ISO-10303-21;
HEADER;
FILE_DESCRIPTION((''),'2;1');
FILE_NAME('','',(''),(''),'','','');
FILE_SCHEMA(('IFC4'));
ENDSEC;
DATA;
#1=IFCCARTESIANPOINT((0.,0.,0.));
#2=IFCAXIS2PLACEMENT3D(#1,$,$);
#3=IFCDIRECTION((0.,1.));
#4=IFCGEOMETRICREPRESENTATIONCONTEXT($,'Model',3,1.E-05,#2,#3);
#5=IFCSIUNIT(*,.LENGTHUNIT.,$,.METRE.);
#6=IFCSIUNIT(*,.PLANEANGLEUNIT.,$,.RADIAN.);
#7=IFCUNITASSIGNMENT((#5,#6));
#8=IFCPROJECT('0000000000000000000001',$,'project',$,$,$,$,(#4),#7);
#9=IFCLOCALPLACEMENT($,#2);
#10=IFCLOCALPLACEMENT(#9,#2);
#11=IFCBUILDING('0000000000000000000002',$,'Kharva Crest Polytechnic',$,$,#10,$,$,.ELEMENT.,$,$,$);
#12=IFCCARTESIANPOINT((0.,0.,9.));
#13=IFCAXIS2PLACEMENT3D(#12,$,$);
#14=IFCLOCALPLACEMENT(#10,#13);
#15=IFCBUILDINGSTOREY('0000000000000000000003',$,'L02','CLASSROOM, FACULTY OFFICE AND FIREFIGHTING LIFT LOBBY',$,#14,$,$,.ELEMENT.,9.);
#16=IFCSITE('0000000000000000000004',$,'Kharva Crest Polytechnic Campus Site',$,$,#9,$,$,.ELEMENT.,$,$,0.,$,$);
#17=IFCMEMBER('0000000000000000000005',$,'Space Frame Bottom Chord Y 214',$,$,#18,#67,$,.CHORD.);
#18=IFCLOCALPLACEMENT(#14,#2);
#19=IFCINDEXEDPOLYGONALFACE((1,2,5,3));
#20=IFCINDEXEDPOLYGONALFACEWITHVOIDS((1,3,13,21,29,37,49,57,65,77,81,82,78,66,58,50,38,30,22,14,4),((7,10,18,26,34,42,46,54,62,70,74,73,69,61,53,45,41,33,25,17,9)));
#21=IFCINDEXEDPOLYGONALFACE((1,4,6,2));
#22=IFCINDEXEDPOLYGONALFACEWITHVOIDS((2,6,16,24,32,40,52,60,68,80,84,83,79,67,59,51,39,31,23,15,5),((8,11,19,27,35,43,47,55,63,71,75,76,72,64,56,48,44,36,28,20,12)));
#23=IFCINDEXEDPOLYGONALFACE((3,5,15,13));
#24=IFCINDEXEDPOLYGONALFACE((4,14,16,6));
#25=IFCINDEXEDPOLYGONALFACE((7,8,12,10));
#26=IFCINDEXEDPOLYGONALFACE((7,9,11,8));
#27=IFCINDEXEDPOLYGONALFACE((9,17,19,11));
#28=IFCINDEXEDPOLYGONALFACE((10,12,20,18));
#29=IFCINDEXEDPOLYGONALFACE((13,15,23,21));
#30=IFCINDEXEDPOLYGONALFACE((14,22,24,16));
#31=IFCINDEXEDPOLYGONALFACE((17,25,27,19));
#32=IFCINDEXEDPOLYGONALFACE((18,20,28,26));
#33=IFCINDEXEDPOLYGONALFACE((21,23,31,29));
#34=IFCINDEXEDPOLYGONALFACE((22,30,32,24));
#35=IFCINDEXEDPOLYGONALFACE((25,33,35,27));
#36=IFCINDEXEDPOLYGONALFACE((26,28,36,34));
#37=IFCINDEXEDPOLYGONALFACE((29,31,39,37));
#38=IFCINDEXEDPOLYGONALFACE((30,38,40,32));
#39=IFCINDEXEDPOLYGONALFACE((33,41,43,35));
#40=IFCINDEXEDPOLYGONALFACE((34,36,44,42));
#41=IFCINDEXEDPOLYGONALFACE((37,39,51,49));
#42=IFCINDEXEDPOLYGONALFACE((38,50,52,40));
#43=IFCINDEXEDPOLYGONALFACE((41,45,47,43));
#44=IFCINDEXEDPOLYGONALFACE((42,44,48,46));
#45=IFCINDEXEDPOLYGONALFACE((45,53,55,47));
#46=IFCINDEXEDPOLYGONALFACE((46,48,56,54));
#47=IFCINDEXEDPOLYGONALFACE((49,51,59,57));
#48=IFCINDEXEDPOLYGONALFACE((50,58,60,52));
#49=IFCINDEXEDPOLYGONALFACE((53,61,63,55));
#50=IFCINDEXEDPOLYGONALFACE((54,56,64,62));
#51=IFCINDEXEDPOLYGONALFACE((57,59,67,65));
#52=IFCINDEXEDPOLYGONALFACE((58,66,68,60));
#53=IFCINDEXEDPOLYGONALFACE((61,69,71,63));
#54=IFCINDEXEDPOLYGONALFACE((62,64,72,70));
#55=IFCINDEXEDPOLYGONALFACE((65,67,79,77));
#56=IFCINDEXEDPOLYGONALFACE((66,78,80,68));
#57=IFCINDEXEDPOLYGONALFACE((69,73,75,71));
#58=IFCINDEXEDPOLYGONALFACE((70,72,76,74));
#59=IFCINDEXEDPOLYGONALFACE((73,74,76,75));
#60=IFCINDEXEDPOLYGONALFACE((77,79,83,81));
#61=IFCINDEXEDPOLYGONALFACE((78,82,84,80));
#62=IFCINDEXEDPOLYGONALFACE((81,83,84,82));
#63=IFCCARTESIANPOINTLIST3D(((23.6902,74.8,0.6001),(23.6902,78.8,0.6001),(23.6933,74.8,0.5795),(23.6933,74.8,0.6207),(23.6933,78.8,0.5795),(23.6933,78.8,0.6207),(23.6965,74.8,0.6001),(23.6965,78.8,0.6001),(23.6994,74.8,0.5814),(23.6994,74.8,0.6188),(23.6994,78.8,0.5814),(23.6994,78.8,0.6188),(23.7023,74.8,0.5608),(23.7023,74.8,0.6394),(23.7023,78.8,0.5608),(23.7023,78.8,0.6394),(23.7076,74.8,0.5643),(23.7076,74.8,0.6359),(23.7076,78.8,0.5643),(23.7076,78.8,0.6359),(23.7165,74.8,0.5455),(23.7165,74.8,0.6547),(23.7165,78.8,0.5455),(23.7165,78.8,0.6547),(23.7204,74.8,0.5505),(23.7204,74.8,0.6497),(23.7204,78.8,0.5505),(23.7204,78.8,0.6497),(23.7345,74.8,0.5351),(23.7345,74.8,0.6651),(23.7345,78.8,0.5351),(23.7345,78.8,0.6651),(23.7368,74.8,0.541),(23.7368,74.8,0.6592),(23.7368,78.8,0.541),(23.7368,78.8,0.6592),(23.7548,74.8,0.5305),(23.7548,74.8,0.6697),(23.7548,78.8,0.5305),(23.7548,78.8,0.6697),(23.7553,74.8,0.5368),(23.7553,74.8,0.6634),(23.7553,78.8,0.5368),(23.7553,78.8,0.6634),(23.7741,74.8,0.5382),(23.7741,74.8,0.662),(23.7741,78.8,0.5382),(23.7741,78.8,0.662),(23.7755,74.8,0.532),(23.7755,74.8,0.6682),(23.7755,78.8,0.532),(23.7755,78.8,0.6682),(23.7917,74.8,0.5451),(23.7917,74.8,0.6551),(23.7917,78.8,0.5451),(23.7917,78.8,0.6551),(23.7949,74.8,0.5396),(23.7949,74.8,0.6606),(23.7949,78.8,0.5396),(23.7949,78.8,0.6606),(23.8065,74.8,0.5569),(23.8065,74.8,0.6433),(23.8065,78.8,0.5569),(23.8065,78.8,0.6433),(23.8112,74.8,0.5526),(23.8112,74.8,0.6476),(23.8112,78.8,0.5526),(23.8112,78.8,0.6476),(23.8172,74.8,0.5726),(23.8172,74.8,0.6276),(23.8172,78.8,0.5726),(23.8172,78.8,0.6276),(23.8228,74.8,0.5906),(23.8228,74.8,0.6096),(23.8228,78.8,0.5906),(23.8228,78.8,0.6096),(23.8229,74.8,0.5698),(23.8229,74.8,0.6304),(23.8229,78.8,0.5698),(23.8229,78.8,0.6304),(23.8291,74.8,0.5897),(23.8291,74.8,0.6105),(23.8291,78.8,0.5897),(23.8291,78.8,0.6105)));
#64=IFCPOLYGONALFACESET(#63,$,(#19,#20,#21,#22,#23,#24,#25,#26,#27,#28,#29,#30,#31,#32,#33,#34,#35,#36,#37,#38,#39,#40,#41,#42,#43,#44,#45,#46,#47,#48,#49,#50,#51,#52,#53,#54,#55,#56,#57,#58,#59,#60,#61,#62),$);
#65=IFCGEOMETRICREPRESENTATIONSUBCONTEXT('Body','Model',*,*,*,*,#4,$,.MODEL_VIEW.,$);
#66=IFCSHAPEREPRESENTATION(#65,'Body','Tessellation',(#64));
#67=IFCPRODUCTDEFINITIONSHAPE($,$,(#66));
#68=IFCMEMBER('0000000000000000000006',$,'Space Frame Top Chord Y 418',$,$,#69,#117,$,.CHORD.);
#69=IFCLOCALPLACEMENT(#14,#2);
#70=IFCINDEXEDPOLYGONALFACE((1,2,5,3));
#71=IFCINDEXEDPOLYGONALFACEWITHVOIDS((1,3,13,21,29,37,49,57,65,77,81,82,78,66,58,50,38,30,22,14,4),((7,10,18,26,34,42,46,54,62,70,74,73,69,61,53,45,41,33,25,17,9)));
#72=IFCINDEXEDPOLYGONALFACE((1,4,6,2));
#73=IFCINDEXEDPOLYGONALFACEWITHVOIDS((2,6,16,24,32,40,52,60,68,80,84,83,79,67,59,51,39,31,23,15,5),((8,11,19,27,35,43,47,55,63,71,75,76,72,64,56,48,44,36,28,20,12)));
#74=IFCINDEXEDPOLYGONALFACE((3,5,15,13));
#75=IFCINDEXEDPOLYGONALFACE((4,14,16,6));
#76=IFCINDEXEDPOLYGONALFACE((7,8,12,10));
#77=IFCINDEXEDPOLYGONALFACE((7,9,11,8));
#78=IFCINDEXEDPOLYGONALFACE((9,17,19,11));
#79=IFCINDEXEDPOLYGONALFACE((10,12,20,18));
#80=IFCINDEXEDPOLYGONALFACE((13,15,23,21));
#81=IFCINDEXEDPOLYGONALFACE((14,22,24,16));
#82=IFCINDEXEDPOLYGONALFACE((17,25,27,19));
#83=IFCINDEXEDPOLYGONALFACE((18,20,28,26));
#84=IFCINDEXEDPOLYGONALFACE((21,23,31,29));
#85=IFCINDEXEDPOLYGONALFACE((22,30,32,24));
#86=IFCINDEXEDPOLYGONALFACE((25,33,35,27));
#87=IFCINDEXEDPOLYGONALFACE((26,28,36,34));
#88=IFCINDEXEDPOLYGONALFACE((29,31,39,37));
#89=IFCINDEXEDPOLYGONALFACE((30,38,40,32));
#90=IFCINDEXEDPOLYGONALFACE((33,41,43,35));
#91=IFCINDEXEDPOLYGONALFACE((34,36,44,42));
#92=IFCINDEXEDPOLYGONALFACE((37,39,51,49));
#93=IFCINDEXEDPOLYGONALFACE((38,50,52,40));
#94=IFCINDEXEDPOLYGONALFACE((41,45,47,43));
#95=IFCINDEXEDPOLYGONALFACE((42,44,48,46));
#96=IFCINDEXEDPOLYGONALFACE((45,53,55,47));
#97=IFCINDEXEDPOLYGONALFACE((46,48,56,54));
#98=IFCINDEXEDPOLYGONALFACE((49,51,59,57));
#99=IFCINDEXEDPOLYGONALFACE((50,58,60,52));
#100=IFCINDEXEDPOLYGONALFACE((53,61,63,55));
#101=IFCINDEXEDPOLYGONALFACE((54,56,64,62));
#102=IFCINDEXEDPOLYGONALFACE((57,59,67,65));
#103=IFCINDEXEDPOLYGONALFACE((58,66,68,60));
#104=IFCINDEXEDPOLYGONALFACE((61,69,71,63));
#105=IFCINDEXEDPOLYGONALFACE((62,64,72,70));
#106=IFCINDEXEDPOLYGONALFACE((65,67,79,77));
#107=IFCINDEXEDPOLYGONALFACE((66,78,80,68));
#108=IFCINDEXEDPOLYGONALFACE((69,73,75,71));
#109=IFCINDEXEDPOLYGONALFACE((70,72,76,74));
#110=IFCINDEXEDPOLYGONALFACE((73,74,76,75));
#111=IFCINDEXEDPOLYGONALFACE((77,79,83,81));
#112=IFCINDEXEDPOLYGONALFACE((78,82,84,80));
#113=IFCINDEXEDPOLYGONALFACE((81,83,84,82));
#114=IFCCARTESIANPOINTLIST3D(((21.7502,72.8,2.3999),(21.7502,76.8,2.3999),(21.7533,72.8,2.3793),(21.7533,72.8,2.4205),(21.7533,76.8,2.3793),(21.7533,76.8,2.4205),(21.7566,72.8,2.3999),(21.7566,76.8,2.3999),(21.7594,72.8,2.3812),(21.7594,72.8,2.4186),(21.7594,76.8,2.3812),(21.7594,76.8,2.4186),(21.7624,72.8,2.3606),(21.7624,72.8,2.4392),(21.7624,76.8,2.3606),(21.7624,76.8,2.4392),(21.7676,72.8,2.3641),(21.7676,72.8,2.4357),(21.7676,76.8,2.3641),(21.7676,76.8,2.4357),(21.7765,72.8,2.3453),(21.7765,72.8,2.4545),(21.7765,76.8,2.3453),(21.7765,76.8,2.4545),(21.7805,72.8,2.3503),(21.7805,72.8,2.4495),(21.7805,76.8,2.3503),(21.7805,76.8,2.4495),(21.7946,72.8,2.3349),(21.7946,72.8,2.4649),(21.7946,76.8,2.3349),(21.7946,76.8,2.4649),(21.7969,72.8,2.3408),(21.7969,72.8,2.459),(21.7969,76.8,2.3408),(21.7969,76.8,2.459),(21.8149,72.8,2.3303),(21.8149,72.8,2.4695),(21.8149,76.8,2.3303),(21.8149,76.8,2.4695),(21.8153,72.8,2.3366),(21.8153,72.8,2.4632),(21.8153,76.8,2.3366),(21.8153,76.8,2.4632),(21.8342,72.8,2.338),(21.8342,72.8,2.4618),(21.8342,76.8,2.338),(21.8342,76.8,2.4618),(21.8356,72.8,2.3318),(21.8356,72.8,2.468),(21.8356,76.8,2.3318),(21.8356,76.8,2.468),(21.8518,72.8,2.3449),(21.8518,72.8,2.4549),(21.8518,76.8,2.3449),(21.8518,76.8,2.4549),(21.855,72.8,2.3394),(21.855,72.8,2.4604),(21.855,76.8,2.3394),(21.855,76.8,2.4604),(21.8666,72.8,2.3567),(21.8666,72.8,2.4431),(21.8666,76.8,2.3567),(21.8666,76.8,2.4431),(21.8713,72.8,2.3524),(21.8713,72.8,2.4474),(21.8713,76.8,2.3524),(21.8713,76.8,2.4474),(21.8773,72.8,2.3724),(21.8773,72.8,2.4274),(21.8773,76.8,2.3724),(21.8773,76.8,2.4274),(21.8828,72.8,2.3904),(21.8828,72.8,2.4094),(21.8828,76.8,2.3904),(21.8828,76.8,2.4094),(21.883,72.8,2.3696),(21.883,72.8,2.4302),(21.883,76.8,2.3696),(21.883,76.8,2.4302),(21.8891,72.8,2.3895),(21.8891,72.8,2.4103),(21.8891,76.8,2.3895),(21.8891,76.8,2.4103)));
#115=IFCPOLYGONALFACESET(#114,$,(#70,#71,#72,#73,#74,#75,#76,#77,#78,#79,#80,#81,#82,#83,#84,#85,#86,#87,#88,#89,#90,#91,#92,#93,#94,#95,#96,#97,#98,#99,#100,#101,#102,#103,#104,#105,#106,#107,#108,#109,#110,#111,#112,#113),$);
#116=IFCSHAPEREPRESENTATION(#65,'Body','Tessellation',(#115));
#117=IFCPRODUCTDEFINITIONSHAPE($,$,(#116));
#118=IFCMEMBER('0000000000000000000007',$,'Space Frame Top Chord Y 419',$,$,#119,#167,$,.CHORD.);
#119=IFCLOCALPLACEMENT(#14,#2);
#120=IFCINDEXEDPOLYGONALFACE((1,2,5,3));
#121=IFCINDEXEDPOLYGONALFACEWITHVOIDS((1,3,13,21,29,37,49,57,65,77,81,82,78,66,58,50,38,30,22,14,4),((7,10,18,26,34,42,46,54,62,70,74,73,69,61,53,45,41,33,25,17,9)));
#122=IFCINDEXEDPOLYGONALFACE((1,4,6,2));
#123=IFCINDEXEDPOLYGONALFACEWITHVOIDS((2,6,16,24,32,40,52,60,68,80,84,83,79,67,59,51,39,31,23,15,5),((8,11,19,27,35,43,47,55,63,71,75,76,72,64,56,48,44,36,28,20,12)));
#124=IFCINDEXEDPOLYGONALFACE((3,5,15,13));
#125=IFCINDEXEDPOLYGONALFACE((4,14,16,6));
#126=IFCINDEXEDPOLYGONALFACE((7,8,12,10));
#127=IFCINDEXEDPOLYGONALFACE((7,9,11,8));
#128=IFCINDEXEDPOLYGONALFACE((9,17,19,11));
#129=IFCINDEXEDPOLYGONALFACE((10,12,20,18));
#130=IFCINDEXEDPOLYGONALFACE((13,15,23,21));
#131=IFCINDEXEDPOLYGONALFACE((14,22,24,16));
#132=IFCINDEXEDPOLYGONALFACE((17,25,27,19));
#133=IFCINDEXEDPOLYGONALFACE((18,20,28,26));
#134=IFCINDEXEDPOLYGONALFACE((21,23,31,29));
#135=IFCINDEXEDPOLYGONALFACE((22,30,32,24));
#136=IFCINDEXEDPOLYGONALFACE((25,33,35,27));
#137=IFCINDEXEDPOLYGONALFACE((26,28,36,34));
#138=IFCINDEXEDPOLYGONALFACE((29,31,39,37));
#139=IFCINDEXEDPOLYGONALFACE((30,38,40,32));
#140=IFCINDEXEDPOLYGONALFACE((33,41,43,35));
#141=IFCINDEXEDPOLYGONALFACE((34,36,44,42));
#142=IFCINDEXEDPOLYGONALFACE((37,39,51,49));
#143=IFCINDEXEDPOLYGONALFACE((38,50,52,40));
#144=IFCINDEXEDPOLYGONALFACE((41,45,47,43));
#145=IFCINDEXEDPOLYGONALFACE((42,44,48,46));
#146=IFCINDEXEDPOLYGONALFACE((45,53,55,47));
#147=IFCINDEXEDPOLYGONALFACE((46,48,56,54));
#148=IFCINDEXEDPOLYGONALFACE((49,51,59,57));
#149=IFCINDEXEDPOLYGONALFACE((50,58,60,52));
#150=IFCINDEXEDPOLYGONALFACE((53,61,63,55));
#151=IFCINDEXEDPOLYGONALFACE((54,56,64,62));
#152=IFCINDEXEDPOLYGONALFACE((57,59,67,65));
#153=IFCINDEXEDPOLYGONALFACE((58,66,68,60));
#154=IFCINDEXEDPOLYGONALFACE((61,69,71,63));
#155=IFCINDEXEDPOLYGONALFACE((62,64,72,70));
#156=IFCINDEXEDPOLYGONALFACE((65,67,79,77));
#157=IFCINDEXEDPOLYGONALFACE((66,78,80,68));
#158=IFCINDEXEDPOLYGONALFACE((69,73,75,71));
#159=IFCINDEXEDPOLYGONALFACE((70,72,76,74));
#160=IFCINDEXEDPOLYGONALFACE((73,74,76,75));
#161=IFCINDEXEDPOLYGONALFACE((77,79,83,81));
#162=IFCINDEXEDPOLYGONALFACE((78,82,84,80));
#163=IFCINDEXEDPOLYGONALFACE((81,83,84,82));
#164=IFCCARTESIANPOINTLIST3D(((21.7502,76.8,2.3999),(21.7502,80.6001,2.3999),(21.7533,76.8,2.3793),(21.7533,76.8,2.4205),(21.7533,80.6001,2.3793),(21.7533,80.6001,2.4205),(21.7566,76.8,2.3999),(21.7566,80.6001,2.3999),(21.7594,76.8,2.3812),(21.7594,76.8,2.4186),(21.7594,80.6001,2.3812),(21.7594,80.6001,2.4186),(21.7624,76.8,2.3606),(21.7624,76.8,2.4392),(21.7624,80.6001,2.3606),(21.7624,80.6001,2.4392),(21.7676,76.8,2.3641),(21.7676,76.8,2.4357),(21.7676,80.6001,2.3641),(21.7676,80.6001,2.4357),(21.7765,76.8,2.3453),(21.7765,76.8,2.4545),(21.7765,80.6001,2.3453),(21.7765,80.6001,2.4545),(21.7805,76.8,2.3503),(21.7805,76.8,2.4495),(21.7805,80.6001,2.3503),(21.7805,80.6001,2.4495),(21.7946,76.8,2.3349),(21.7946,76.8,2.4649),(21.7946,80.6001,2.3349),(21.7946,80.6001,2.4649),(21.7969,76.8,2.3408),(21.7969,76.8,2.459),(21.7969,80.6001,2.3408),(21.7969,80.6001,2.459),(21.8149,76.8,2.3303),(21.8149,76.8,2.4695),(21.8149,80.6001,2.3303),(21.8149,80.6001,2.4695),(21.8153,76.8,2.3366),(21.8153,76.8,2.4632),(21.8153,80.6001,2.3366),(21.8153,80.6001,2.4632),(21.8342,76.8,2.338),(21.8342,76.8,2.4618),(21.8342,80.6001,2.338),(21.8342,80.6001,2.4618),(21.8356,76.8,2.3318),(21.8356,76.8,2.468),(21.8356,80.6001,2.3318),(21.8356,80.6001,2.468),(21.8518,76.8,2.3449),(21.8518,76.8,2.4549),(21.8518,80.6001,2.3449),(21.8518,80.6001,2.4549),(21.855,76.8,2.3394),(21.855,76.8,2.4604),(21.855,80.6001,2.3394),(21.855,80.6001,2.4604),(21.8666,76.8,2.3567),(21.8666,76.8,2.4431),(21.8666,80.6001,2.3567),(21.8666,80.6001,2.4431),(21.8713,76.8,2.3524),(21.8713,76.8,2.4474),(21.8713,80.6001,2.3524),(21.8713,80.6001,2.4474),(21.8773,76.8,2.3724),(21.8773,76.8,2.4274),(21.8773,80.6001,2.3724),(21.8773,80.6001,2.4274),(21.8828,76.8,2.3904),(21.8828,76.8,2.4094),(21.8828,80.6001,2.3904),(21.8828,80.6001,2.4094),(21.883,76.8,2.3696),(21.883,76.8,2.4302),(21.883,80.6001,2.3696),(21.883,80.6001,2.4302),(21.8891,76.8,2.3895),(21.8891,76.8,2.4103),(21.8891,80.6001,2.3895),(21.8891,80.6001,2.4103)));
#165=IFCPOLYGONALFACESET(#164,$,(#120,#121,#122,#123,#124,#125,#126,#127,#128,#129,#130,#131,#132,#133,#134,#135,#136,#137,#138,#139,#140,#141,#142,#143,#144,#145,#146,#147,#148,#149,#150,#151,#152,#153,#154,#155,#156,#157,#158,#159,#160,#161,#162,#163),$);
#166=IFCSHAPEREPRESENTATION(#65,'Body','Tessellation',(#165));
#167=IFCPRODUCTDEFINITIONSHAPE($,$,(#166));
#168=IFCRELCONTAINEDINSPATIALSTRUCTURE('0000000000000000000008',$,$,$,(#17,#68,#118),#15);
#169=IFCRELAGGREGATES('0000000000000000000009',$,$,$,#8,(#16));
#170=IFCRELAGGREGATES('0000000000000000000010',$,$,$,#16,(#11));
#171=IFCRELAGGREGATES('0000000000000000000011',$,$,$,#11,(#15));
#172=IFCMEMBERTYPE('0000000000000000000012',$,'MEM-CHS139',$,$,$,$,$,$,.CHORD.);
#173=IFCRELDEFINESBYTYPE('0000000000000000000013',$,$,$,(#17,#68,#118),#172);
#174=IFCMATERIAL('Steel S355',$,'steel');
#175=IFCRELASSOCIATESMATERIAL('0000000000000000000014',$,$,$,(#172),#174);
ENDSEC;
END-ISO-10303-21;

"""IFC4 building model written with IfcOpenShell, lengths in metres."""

from ifc_helpers import new_model, si_unit, direction, frame, origin, origin_2d, place, context, subcontext, project, spatial, hollow_circle, extrude, material, material_profile, profile_set, type_object, element, save


model = new_model("IFC4")

# Units and contexts
model_context = context("Model", 3, precision=1e-05, world=origin(), true_north=direction((0.0, 1.0)))
body_context = subcontext(model_context, "Body", "Model", "MODEL_VIEW")
ifc_project = project(units=[si_unit("LENGTHUNIT", "METRE"), si_unit("PLANEANGLEUNIT", "RADIAN")], contexts=[model_context])

# Site, building, storey
site_placement = place(None, origin())
site = spatial("IfcSite", under=ifc_project, at=site_placement, Name="Kharva Crest Polytechnic Campus Site", CompositionType="ELEMENT", RefElevation=0.0)
building_placement = place(site_placement, origin())
building = spatial("IfcBuilding", under=site, at=building_placement, Name="Kharva Crest Polytechnic", CompositionType="ELEMENT")
storey_placement = place(building_placement, frame((0.0, 0.0, 9.0)))
storey = spatial("IfcBuildingStorey", under=building, at=storey_placement, Name="L02", Description="CLASSROOM, FACULTY OFFICE AND FIREFIGHTING LIFT LOBBY", CompositionType="ELEMENT", Elevation=9.0)

# Shared definitions
ifc_material_1 = material(Name="Steel S355", Category="steel")

# Members
ifc_material_profile_1 = material_profile(ifc_material_1, hollow_circle(Radius=0.0698, WallThickness=0.0063, at=origin_2d()), Name="CHS 139.7X6.3")
ifc_profile_set_1 = profile_set([ifc_material_profile_1], Name="Steel S355")
member_type_1 = type_object("IfcMemberType", Name="MEM-CHS139", PredefinedType="CHORD", material=ifc_profile_set_1)
for number, where, z_axis, x_axis, name in (
    (1, (23.76, 74.8, 0.6001), (0.0, 1.0, 0.0), (-1.0, 0.0, 0.0), "Space Frame Bottom Chord Y 214"),
    (2, (21.8201, 72.8, 2.3999), (0.0, 1.0, 0.0), (-1.0, 0.0, 0.0), "Space Frame Top Chord Y 418"),
):
    element("IfcMember", number, at=place(storey_placement, frame(where, z_axis=z_axis, x_axis=x_axis)), inside=storey, type_object=member_type_1, Name=name, PredefinedType="CHORD", context=body_context, shape_type="SweptSolid", body=[
        extrude(hollow_circle(Radius=0.0698, WallThickness=0.0063, at=origin_2d()), origin(), (0.0, 0.0, 1.0), 4.0),
    ])
member_1_placement = place(storey_placement, frame((21.8201, 76.8, 2.3999), z_axis=(0.0, 1.0, 0.0), x_axis=(-1.0, 0.0, 0.0)))
element("IfcMember", 3, at=member_1_placement, inside=storey, type_object=member_type_1, Name="Space Frame Top Chord Y 419", PredefinedType="CHORD", context=body_context, shape_type="SweptSolid", body=[
    extrude(hollow_circle(Radius=0.0698, WallThickness=0.0063, at=origin_2d()), origin(), (0.0, 0.0, 1.0), 3.8),
])

save(model, "model.ifc")
